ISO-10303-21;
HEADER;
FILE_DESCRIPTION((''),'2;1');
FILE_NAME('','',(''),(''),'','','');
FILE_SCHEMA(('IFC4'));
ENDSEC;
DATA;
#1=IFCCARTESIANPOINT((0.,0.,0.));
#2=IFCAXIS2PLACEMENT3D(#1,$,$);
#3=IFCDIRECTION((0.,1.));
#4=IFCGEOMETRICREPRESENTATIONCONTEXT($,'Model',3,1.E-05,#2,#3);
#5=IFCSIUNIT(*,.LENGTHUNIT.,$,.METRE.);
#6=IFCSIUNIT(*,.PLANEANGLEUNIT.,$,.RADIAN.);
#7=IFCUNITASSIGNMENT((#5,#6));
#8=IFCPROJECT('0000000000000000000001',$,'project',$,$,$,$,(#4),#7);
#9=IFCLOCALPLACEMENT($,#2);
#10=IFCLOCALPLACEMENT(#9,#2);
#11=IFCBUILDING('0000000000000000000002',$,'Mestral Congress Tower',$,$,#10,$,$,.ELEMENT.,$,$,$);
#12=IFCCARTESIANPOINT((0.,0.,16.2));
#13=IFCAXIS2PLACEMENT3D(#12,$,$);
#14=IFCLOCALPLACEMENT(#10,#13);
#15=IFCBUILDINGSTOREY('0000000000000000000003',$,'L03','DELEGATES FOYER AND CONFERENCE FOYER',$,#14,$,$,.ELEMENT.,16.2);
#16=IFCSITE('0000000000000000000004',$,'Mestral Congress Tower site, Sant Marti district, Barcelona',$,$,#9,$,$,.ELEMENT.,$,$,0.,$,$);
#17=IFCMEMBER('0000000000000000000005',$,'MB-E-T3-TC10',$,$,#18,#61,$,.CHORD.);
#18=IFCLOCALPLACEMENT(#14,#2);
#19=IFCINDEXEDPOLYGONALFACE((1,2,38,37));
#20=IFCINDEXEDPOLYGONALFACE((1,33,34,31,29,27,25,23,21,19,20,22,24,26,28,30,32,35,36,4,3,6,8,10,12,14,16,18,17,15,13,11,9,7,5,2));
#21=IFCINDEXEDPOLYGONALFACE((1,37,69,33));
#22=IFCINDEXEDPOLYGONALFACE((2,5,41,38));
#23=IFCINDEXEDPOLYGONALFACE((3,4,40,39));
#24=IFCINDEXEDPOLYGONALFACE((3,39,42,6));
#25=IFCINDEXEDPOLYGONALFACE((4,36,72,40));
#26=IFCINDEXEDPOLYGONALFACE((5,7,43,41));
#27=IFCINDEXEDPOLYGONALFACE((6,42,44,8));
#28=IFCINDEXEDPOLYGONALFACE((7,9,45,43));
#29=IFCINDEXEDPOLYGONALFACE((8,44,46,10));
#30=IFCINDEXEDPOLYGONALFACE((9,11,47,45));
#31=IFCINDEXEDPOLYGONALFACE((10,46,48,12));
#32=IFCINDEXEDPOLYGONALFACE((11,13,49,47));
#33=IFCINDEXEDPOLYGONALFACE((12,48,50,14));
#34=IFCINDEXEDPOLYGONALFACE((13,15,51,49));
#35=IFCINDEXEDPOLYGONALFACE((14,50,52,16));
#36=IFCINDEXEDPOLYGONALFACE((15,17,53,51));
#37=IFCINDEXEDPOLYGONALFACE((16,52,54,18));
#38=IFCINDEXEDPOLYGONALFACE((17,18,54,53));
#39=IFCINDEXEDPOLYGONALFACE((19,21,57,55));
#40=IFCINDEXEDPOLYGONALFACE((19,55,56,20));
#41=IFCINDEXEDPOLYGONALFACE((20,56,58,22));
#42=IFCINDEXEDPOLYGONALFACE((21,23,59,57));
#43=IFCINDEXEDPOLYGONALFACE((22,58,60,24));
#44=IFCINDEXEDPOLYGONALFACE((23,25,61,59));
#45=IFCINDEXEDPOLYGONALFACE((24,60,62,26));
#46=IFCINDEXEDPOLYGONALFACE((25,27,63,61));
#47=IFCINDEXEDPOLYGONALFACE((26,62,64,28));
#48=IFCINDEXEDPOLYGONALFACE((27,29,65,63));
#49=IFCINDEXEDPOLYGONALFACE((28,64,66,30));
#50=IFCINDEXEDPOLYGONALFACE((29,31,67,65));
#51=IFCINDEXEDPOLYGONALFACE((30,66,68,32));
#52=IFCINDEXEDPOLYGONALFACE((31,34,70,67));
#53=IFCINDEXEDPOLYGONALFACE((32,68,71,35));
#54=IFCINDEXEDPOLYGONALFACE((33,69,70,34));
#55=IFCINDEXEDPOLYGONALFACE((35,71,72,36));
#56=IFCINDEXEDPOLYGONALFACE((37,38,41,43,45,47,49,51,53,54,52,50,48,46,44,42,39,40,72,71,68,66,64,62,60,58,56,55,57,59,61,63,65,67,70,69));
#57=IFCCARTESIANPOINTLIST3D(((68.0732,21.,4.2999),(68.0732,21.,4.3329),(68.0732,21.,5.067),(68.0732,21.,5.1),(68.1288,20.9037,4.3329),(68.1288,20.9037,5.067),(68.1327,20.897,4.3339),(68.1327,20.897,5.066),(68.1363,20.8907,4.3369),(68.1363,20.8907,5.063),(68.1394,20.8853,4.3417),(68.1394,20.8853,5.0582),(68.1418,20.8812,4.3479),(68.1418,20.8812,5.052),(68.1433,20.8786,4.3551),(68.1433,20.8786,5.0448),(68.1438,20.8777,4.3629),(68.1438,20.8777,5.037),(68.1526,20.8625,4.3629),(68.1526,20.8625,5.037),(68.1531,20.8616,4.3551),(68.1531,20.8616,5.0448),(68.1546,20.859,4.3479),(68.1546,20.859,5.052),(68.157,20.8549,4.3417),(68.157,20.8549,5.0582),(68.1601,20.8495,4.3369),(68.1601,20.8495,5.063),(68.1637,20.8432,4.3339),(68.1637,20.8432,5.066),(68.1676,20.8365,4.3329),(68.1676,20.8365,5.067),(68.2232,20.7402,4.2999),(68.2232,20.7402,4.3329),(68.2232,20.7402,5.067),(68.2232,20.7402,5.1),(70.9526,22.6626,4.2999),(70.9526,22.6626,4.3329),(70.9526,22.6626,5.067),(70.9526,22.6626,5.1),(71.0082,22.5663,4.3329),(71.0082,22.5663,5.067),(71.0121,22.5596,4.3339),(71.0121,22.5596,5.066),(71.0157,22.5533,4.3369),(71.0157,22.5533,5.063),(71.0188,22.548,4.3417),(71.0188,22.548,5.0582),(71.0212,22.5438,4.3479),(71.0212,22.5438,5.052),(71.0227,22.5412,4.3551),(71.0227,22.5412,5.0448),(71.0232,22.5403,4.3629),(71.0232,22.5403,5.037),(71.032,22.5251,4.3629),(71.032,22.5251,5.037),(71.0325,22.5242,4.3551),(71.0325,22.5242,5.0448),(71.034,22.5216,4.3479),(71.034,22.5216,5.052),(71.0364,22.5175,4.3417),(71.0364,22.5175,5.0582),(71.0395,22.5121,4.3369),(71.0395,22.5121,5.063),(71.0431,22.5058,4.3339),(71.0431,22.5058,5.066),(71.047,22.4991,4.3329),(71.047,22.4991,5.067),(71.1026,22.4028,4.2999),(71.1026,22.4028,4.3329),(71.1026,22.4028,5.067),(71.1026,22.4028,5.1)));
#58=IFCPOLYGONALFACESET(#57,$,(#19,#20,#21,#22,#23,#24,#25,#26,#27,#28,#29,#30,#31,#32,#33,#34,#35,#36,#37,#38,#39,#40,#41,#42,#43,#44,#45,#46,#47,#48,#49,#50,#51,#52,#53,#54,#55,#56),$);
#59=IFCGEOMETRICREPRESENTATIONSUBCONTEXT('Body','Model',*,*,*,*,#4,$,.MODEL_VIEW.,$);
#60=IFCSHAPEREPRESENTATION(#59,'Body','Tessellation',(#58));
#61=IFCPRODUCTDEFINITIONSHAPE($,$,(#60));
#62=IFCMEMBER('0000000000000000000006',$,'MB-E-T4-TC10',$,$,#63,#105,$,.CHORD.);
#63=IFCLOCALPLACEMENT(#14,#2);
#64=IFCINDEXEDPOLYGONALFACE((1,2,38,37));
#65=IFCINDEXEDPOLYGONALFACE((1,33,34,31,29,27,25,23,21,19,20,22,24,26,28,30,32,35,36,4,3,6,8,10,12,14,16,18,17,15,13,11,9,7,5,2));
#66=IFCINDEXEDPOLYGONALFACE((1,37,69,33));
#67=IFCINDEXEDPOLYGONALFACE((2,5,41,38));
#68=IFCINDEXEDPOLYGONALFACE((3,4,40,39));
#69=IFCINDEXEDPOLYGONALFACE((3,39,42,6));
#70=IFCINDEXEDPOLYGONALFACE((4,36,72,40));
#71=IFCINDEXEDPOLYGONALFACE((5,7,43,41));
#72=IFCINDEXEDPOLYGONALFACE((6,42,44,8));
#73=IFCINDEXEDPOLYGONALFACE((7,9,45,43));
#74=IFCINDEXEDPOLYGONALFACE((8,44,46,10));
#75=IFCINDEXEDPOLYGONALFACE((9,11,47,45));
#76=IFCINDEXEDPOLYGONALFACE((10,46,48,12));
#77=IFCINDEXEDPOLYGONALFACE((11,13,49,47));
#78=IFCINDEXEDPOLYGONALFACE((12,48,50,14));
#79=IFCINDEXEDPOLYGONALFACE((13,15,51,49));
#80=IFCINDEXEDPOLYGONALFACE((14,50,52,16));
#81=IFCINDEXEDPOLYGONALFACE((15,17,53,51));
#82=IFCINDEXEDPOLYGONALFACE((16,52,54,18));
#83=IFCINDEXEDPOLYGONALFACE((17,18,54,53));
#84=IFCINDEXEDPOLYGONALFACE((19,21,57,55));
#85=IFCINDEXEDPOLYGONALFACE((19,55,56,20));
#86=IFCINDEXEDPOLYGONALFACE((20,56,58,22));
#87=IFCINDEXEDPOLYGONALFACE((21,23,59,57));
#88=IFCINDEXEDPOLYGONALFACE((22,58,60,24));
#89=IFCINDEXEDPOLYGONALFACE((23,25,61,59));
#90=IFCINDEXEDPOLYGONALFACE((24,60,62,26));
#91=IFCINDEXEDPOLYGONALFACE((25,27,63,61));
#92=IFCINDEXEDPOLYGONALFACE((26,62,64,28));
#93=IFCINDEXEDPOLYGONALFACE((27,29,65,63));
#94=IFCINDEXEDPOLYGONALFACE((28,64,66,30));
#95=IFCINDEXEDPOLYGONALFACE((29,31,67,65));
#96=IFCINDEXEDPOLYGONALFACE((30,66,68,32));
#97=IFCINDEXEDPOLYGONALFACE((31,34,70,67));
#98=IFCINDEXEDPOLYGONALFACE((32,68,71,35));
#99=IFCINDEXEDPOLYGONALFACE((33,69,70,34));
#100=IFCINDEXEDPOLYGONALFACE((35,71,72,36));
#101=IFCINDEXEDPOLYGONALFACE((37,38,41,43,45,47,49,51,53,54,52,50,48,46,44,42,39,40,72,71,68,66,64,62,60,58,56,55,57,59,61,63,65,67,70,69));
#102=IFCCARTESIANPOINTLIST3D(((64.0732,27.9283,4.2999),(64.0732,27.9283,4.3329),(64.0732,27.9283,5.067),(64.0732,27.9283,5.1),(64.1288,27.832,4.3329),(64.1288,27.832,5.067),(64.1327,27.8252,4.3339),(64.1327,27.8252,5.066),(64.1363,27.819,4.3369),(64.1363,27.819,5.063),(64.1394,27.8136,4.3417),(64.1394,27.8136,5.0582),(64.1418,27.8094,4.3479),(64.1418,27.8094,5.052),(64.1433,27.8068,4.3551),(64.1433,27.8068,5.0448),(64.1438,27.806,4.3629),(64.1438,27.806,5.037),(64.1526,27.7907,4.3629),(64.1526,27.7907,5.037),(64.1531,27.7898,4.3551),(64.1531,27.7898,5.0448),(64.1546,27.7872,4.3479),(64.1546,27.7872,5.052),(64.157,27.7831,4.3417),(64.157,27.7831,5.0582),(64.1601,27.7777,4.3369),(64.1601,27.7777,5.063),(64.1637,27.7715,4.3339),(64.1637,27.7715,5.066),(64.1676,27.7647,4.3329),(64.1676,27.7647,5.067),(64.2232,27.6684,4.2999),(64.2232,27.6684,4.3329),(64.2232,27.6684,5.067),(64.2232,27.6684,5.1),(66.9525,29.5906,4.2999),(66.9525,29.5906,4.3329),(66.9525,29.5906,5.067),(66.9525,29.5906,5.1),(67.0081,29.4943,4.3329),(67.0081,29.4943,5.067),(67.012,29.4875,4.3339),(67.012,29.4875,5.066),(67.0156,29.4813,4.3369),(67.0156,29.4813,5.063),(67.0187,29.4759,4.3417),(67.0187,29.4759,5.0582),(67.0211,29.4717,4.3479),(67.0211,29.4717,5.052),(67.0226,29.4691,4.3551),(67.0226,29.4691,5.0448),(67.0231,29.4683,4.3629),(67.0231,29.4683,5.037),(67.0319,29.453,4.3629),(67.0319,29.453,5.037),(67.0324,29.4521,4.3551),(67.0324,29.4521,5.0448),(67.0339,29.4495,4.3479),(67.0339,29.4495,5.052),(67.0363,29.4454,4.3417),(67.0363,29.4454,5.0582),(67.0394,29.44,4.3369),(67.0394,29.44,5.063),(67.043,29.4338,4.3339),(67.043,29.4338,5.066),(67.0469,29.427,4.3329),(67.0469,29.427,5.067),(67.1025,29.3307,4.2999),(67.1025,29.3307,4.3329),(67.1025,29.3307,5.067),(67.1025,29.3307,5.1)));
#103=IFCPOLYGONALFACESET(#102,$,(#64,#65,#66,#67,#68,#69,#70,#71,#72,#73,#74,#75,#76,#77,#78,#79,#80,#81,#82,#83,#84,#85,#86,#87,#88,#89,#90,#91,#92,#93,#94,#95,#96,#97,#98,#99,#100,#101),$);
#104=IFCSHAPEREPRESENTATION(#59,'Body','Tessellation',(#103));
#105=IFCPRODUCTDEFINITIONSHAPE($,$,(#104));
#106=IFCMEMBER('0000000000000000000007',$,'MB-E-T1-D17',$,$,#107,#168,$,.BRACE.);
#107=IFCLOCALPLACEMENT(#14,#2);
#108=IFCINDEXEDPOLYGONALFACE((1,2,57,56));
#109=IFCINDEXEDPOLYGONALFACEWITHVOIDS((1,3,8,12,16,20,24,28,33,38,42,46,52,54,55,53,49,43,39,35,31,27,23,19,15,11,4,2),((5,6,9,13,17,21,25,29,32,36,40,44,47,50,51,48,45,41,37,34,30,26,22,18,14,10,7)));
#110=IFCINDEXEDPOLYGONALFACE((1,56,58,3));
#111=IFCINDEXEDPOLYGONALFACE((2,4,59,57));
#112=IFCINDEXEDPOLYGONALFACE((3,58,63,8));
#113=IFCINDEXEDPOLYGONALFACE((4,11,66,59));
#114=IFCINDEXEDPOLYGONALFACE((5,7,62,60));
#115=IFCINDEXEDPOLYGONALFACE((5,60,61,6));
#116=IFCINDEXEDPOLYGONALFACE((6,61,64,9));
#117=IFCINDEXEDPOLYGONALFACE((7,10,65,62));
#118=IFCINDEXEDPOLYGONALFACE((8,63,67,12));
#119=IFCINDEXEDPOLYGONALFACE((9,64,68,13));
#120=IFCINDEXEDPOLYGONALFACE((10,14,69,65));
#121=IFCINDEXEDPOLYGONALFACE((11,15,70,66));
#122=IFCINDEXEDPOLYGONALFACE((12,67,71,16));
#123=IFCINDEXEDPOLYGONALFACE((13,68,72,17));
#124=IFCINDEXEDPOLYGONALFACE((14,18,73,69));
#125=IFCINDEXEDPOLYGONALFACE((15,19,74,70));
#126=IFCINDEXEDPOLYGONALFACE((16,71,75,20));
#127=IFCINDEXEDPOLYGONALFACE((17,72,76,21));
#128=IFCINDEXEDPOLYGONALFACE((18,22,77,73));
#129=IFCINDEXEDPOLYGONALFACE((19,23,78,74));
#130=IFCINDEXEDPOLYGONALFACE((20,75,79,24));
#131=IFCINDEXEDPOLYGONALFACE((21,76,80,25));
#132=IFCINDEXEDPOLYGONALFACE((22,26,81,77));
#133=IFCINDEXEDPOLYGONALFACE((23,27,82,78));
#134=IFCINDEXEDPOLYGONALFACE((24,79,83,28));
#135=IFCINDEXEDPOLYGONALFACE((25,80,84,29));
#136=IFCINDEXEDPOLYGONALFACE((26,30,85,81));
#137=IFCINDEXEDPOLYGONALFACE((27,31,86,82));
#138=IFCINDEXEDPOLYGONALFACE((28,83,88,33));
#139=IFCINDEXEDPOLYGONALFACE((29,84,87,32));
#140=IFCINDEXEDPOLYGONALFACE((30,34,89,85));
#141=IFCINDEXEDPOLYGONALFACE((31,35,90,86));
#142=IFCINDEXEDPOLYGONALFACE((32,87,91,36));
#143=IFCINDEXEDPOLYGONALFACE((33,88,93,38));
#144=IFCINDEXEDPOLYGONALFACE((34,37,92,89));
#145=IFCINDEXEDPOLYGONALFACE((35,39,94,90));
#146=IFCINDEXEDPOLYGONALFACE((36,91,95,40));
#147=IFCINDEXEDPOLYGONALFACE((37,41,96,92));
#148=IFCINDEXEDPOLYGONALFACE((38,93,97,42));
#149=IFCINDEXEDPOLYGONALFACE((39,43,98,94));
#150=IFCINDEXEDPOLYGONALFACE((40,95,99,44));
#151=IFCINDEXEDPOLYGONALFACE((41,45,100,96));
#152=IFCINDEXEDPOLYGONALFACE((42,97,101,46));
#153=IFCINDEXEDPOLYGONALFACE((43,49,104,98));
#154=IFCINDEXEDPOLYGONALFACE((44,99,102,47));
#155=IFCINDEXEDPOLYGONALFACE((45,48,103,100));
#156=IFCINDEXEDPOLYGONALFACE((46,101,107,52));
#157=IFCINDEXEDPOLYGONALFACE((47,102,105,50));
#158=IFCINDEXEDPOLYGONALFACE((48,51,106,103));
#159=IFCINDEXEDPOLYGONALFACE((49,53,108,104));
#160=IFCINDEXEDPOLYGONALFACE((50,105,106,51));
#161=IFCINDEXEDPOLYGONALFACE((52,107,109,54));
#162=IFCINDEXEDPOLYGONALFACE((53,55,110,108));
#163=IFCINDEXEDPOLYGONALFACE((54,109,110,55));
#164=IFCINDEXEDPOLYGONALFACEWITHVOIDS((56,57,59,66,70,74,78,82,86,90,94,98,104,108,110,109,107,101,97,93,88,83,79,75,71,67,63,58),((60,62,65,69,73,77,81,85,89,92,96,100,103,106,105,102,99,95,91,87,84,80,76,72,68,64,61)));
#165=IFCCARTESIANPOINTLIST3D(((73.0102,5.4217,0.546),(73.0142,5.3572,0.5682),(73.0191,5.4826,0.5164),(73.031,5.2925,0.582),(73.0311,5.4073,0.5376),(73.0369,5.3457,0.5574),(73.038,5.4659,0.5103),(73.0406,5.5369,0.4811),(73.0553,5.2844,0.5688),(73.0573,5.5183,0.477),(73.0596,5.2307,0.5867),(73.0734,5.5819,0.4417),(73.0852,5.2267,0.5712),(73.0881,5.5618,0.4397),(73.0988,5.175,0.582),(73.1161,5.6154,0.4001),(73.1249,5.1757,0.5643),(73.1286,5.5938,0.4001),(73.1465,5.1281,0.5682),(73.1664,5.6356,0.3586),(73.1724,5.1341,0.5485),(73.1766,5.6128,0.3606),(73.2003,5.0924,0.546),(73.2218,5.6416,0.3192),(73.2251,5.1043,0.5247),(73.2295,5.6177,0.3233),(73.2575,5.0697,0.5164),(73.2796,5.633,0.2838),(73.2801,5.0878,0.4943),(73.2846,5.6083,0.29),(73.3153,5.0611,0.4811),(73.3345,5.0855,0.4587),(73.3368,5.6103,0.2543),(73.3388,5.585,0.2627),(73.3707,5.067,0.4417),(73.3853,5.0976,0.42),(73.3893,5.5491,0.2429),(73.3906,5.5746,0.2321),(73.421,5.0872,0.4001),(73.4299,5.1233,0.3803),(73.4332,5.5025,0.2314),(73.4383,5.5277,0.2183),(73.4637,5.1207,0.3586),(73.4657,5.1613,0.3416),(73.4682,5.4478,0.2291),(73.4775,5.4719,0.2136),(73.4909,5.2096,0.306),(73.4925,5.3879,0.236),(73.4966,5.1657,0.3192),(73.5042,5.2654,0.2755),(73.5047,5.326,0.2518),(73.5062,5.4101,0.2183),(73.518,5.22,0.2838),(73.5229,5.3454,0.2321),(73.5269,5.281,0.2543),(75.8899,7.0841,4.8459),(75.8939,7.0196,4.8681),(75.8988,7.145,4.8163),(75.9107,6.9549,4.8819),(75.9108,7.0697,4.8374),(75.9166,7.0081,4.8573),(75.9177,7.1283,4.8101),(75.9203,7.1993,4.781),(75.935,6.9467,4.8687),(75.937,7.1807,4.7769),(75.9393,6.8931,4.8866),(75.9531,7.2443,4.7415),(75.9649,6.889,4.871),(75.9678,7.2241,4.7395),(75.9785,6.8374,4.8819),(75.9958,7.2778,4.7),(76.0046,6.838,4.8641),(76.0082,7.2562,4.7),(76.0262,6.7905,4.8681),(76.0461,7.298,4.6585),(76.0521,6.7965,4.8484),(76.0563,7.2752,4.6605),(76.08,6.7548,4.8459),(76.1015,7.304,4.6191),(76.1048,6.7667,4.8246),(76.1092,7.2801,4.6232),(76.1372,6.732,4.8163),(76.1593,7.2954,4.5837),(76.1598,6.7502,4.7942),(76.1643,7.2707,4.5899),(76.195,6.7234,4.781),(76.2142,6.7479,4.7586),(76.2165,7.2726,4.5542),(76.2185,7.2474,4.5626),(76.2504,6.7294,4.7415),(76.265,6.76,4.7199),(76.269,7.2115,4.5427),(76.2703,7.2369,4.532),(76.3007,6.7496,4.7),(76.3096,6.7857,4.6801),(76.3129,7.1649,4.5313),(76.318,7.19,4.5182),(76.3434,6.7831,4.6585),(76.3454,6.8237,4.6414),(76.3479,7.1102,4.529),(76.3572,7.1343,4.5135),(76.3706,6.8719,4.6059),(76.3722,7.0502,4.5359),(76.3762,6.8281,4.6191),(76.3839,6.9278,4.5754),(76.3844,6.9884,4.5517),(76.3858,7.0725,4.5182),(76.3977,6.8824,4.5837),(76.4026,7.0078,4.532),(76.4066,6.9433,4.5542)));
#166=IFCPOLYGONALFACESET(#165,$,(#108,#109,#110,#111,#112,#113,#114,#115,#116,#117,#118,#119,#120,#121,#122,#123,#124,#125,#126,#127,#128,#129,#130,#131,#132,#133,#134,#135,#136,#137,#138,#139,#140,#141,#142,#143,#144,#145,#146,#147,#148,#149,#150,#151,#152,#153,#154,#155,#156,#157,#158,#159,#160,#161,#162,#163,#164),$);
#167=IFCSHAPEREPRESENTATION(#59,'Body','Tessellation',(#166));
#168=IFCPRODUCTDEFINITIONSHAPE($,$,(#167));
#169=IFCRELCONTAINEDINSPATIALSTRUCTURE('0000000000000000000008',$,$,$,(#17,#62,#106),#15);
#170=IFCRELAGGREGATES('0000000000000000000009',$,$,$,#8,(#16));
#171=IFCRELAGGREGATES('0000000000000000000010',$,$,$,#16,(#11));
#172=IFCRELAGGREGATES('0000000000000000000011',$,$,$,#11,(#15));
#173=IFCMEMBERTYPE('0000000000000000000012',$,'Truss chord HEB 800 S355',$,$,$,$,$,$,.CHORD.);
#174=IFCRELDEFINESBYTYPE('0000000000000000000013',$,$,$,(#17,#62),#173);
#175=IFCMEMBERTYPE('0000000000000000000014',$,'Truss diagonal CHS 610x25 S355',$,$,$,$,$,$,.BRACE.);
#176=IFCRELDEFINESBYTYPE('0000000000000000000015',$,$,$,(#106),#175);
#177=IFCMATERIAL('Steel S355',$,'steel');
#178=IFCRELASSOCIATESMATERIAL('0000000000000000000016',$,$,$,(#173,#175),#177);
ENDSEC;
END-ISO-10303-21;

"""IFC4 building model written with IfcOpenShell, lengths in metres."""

from ifc_helpers import new_model, si_unit, direction, frame, origin, origin_2d, place, context, subcontext, project, spatial, hollow_circle, i_section, extrude, material, material_profile, profile_set, type_object, element, save


model = new_model("IFC4")

# Units and contexts
model_context = context("Model", 3, precision=1e-05, world=origin(), true_north=direction((0.0, 1.0)))
body_context = subcontext(model_context, "Body", "Model", "MODEL_VIEW")
ifc_project = project(units=[si_unit("LENGTHUNIT", "METRE"), si_unit("PLANEANGLEUNIT", "RADIAN")], contexts=[model_context])

# Site, building, storey
site_placement = place(None, origin())
site = spatial("IfcSite", under=ifc_project, at=site_placement, Name="Mestral Congress Tower site, Sant Marti district, Barcelona", CompositionType="ELEMENT", RefElevation=0.0)
building_placement = place(site_placement, origin())
building = spatial("IfcBuilding", under=site, at=building_placement, Name="Mestral Congress Tower", CompositionType="ELEMENT")
storey_placement = place(building_placement, frame((0.0, 0.0, 16.2)))
storey = spatial("IfcBuildingStorey", under=building, at=storey_placement, Name="L03", Description="DELEGATES FOYER AND CONFERENCE FOYER", CompositionType="ELEMENT", Elevation=16.2)

# Members
ifc_material_1 = material(Name="Steel S355", Category="steel")
ifc_material_profile_1 = material_profile(ifc_material_1, i_section(OverallWidth=0.3, OverallDepth=0.8, WebThickness=0.0176, FlangeThickness=0.033, FilletRadius=0.03, at=origin_2d()), Name="HEB 800")
ifc_profile_set_1 = profile_set([ifc_material_profile_1], Name="Steel S355")
member_type_1 = type_object("IfcMemberType", Name="Truss chord HEB 800 S355", PredefinedType="CHORD", material=ifc_profile_set_1)
member_1_placement = place(storey_placement, frame((68.1482, 20.8701, 4.7), z_axis=(0.866002, 0.50004, 0.0), x_axis=(-0.50004, 0.866002, 0.0)))
element("IfcMember", 1, at=member_1_placement, inside=storey, type_object=member_type_1, Name="MB-E-T3-TC10", PredefinedType="CHORD", context=body_context, shape_type="SweptSolid", body=[
    extrude(i_section(OverallWidth=0.3, OverallDepth=0.8, WebThickness=0.0176, FlangeThickness=0.033, FilletRadius=0.03, at=origin_2d()), origin(), (0.0, 0.0, 1.0), 3.325),
])
member_2_placement = place(storey_placement, frame((64.1482, 27.7983, 4.7), z_axis=(0.866034, 0.499985, 0.0), x_axis=(-0.499985, 0.866034, 0.0)))
element("IfcMember", 2, at=member_2_placement, inside=storey, type_object=member_type_1, Name="MB-E-T4-TC10", PredefinedType="CHORD", context=body_context, shape_type="SweptSolid", body=[
    extrude(i_section(OverallWidth=0.3, OverallDepth=0.8, WebThickness=0.0176, FlangeThickness=0.033, FilletRadius=0.03, at=origin_2d()), origin(), (0.0, 0.0, 1.0), 3.3247),
])
ifc_material_profile_2 = material_profile(ifc_material_1, hollow_circle(Radius=0.3049, WallThickness=0.0249, at=origin_2d()), Name="CHS 610x25")
ifc_profile_set_2 = profile_set([ifc_material_profile_2], Name="Steel S355")
member_type_2 = type_object("IfcMemberType", Name="Truss diagonal CHS 610x25 S355", PredefinedType="BRACE", material=ifc_profile_set_2)
member_3_placement = place(storey_placement, frame((73.2686, 5.3513, 0.4001), z_axis=(0.529789, 0.305836, 0.791068), x_axis=(-0.499953, 0.866052, 0.0)))
element("IfcMember", 3, at=member_3_placement, inside=storey, type_object=member_type_2, Name="MB-E-T1-D17", PredefinedType="BRACE", context=body_context, shape_type="SweptSolid", body=[
    extrude(hollow_circle(Radius=0.3049, WallThickness=0.0249, at=origin_2d()), origin(), (0.0, 0.0, 1.0), 5.4355),
])

save(model, "model.ifc")
